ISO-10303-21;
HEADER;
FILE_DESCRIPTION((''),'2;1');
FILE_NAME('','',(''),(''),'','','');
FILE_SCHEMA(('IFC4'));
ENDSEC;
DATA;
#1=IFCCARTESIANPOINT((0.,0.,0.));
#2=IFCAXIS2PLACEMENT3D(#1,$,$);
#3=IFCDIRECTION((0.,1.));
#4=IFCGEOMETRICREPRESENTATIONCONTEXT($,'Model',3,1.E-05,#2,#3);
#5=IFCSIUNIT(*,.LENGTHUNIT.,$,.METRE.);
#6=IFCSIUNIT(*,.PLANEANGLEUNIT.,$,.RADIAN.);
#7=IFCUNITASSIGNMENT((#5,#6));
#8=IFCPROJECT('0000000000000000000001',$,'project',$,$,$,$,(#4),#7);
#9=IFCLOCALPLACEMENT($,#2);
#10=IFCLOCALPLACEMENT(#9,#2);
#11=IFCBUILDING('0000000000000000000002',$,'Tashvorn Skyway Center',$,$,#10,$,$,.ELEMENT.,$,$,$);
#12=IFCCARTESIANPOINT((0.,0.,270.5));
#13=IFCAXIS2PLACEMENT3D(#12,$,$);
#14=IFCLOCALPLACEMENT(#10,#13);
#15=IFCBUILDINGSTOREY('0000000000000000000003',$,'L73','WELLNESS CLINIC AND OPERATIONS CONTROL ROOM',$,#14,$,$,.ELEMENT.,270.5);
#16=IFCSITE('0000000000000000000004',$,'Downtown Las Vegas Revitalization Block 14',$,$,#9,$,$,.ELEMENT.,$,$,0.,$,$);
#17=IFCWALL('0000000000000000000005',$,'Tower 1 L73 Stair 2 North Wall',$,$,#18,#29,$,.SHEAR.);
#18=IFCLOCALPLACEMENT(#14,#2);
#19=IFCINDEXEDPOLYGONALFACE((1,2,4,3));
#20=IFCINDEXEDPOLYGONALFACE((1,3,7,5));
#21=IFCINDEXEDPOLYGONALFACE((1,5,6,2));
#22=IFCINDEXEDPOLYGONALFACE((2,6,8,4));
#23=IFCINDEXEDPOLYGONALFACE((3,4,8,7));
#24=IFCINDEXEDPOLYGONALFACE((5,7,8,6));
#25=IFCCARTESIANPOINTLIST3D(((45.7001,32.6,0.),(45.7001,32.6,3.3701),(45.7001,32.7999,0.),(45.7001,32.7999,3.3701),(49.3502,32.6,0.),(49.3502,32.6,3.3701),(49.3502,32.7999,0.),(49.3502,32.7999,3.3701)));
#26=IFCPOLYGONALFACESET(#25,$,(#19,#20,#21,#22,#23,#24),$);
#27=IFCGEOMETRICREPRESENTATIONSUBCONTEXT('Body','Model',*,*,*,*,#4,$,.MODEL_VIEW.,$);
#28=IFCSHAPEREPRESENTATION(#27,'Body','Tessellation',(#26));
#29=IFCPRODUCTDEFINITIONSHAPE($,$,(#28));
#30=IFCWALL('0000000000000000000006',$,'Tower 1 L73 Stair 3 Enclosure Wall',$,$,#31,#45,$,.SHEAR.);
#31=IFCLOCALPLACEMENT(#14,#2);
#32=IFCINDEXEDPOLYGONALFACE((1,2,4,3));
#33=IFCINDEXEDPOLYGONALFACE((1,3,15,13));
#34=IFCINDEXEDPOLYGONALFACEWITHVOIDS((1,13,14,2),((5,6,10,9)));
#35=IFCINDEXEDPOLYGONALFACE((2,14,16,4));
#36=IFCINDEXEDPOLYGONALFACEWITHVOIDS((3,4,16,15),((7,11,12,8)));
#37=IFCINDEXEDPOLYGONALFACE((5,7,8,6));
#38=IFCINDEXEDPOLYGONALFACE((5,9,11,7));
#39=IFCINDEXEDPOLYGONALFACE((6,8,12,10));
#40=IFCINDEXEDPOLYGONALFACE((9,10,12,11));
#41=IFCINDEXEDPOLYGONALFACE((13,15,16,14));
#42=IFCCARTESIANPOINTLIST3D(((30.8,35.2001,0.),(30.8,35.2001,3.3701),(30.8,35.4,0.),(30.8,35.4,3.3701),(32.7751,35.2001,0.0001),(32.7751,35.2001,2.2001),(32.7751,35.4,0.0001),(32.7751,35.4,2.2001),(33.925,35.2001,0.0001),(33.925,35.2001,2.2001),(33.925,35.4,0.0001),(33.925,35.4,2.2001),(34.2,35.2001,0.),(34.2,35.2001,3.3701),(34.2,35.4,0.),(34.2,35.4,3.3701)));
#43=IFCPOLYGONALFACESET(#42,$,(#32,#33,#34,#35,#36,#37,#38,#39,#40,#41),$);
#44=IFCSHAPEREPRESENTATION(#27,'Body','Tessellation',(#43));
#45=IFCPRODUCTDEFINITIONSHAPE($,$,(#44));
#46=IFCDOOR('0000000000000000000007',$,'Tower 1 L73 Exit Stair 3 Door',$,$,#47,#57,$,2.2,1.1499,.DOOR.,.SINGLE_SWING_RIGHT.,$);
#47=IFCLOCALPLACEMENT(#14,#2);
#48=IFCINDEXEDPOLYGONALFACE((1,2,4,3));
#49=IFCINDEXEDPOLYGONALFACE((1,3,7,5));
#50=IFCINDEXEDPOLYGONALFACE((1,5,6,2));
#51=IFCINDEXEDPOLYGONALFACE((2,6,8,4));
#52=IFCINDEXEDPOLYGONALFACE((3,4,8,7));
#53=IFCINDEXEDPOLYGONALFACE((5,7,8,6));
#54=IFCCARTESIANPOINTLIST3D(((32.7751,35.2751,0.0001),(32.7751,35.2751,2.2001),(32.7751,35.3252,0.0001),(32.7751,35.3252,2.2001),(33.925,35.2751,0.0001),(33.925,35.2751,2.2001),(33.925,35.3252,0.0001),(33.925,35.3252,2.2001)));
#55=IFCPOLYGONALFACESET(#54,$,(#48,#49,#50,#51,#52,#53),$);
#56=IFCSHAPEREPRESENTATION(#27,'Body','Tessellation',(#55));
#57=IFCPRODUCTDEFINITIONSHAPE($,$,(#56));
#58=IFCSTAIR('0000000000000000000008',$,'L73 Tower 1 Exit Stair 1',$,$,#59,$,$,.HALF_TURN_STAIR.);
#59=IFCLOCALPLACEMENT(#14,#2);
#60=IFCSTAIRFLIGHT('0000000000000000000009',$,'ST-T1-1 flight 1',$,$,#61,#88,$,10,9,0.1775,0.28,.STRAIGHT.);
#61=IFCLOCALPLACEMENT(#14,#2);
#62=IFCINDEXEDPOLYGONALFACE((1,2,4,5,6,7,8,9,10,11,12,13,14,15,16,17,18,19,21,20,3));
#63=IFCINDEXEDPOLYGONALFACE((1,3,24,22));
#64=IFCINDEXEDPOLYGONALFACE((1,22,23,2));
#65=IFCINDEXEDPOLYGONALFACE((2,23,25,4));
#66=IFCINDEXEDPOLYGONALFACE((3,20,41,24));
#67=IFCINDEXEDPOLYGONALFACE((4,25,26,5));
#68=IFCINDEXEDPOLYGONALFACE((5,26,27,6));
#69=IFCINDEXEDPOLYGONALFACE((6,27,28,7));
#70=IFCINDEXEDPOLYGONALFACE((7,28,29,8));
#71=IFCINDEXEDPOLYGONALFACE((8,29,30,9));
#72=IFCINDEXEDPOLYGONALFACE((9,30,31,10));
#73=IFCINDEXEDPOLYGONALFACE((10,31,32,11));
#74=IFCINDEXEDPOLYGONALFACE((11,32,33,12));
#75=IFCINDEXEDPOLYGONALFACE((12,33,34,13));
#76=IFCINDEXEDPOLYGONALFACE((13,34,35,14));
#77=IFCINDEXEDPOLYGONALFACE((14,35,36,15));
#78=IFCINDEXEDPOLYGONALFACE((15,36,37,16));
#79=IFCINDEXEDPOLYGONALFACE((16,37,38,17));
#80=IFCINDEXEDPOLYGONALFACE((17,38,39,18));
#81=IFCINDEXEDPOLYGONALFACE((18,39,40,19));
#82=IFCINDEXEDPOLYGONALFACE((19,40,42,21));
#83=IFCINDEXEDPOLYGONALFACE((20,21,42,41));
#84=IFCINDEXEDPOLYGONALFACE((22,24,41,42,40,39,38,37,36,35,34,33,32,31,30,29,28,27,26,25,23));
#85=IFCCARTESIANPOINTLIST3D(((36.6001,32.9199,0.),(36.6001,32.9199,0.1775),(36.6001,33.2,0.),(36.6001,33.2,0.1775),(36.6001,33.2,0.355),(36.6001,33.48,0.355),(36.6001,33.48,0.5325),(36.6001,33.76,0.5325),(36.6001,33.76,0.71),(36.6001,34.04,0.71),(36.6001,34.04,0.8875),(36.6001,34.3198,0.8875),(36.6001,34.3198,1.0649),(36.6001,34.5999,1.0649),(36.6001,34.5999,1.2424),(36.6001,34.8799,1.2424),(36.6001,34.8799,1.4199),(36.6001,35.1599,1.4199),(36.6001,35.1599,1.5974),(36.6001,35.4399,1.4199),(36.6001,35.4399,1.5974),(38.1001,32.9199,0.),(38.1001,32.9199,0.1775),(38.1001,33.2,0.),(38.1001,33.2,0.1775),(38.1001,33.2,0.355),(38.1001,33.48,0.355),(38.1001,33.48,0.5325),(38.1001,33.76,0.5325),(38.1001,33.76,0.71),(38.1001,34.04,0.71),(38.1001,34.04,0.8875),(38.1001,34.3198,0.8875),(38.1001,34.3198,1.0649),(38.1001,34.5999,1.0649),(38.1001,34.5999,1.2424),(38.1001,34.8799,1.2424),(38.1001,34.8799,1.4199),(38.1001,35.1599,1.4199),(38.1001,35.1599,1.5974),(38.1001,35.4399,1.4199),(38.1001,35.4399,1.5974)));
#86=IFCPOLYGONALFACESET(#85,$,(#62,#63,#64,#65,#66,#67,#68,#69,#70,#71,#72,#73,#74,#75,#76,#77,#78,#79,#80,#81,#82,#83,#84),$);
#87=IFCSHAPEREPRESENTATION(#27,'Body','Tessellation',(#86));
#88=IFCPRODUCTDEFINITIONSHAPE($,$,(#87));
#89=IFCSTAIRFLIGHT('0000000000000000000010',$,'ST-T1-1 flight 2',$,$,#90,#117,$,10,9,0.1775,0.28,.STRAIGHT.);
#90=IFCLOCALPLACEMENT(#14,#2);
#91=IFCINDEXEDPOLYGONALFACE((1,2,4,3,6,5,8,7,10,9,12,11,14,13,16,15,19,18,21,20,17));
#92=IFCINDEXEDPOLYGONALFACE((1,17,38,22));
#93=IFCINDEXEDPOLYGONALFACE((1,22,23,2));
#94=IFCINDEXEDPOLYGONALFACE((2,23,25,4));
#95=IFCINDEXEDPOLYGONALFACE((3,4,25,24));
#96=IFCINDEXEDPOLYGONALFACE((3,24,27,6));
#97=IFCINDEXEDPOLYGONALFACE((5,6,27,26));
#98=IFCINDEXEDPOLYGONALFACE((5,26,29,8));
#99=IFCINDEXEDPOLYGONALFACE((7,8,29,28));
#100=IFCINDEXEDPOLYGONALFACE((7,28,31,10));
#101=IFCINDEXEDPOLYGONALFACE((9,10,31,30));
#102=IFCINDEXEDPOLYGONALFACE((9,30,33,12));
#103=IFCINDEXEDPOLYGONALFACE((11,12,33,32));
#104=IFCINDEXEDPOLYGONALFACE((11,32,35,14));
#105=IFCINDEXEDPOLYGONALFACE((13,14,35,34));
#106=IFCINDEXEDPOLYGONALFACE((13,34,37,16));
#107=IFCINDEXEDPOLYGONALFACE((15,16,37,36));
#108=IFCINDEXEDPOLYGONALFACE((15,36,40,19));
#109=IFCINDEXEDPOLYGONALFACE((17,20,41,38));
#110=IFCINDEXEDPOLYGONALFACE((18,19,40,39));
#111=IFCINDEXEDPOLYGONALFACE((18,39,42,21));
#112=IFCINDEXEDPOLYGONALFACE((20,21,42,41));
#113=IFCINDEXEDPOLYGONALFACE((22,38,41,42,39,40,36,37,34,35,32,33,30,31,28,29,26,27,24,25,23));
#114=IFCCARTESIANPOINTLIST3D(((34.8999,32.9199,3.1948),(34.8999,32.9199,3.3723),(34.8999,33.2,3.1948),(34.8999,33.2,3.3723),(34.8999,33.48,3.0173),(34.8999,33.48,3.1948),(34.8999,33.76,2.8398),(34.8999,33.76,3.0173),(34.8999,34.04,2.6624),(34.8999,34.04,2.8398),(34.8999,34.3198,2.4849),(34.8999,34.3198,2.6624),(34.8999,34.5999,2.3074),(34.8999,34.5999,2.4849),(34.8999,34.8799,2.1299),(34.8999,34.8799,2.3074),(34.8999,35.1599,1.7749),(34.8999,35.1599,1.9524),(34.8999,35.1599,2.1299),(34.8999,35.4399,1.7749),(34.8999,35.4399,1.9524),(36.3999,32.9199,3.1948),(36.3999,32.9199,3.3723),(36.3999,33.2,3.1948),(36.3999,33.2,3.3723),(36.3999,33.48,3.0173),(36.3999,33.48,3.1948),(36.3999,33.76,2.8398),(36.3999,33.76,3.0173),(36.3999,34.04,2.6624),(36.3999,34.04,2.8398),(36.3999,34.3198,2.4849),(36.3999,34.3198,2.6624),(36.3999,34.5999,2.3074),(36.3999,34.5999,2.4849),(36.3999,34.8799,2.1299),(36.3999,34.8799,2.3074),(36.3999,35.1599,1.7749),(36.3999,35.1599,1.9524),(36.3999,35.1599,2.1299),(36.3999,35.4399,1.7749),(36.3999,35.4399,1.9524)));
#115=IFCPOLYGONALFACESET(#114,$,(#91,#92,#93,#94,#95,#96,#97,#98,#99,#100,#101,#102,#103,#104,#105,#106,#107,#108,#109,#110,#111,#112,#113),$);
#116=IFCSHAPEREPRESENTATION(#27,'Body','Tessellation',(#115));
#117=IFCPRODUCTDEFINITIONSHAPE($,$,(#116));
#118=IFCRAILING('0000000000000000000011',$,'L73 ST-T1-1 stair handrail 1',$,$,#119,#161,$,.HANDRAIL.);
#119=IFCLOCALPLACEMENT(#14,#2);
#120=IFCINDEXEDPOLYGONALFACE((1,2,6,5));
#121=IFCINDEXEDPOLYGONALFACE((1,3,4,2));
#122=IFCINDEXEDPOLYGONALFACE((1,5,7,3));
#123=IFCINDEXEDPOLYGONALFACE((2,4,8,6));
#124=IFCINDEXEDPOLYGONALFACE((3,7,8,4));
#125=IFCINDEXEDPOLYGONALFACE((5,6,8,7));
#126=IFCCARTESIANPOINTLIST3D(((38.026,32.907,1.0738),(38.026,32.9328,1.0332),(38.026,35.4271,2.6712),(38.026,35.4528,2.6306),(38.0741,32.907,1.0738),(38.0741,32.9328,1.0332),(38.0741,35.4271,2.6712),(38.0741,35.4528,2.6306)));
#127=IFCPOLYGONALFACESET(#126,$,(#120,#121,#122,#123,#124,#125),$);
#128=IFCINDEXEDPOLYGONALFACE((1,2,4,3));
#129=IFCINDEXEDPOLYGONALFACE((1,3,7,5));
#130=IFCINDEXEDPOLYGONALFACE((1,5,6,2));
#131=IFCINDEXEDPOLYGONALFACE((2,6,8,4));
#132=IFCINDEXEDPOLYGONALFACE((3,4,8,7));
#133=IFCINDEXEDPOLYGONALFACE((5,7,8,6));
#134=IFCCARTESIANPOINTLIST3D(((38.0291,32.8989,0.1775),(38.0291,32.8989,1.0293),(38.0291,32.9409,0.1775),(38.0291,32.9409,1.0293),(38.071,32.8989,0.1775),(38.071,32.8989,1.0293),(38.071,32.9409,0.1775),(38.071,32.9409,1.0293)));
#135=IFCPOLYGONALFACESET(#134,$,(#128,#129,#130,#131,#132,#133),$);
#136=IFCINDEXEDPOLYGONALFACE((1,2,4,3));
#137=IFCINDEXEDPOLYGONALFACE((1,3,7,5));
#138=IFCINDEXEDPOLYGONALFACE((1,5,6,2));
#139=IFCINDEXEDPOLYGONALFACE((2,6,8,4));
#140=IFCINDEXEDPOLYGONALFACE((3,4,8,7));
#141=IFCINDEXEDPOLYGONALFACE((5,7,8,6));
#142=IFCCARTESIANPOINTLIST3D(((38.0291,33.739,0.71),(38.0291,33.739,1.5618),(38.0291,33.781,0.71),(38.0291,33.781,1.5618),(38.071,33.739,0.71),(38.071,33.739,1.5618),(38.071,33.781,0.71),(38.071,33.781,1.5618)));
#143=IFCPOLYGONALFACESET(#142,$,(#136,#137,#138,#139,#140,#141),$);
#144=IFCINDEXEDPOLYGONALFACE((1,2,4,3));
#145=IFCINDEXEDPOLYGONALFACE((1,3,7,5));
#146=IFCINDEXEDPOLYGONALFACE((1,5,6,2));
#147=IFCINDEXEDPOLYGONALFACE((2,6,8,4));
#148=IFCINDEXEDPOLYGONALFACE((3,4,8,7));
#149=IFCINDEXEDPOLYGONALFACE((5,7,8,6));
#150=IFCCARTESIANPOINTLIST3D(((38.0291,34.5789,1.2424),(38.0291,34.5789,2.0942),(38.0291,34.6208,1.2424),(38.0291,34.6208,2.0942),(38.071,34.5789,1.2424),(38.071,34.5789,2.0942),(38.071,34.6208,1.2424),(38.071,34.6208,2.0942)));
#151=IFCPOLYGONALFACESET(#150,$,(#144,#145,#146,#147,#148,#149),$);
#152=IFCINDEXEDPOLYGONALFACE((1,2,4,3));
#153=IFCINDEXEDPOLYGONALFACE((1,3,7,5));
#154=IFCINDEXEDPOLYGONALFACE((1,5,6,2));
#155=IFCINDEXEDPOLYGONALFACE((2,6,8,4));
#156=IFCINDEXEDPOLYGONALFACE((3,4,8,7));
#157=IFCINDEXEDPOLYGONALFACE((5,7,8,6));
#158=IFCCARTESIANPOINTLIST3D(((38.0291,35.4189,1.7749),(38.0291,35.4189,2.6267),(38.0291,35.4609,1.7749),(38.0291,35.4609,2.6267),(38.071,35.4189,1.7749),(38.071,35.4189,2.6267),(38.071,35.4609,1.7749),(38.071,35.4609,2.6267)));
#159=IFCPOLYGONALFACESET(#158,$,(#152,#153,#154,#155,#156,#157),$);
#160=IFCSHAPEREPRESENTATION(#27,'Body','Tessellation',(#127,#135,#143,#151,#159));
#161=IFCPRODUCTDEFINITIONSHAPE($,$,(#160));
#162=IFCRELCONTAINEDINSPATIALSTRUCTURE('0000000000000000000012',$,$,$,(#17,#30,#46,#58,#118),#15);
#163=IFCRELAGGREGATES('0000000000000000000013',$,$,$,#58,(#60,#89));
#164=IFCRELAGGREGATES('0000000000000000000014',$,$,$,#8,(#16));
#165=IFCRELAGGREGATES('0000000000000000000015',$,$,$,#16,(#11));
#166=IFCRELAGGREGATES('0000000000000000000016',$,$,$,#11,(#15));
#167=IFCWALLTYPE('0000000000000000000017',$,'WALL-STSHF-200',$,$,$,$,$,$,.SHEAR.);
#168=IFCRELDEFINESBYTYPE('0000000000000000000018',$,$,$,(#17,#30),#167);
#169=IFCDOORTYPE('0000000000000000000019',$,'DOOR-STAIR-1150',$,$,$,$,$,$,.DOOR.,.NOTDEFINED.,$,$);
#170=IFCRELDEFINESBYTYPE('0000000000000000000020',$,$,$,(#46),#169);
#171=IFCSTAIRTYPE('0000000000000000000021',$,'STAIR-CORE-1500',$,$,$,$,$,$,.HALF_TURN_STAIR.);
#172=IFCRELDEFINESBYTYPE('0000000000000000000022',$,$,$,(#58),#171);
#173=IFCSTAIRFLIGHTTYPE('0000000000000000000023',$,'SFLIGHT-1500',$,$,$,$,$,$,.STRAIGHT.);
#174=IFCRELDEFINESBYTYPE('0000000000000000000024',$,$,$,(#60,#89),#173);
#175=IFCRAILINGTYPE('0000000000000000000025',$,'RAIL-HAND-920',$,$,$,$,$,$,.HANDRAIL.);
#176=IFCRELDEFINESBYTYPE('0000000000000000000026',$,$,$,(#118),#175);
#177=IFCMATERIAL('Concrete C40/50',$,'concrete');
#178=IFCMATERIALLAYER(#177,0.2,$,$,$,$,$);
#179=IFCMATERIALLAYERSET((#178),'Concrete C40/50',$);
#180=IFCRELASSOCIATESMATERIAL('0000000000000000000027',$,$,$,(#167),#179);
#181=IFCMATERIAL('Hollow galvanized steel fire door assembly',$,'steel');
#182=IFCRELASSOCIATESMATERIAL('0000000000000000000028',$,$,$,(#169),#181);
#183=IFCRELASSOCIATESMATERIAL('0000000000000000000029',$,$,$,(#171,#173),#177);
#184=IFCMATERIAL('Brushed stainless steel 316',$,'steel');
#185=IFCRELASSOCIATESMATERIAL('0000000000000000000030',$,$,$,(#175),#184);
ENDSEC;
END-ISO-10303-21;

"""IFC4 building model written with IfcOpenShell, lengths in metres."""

from ifc_helpers import new_model, si_unit, direction, frame, frame_2d, origin, origin_2d, place, context, subcontext, project, spatial, polyline, rectangle, outline, extrude, material, layer, layer_set, type_object, element, fill, aggregate, save


model = new_model("IFC4")

# Units and contexts
model_context = context("Model", 3, precision=1e-05, world=origin(), true_north=direction((0.0, 1.0)))
body_context = subcontext(model_context, "Body", "Model", "MODEL_VIEW")
ifc_project = project(units=[si_unit("LENGTHUNIT", "METRE"), si_unit("PLANEANGLEUNIT", "RADIAN")], contexts=[model_context])

# Site, building, storey
site_placement = place(None, origin())
site = spatial("IfcSite", under=ifc_project, at=site_placement, Name="Downtown Las Vegas Revitalization Block 14", CompositionType="ELEMENT", RefElevation=0.0)
building_placement = place(site_placement, origin())
building = spatial("IfcBuilding", under=site, at=building_placement, Name="Tashvorn Skyway Center", CompositionType="ELEMENT")
storey_placement = place(building_placement, frame((0.0, 0.0, 270.5)))
storey = spatial("IfcBuildingStorey", under=building, at=storey_placement, Name="L73", Description="WELLNESS CLINIC AND OPERATIONS CONTROL ROOM", CompositionType="ELEMENT", Elevation=270.5)

# Shared definitions
ifc_material_1 = material(Name="Concrete C40/50", Category="concrete")

# Shared definitions
ifc_material_2 = material(Name="Hollow galvanized steel fire door assembly", Category="steel")

# Shared definitions
ifc_layer_1 = layer(ifc_material_1, 0.2)
ifc_layer_set_1 = layer_set([ifc_layer_1], Name="Concrete C40/50")
wall_type_1 = type_object("IfcWallType", Name="WALL-STSHF-200", PredefinedType="SHEAR", material=ifc_layer_set_1)
door_type_1 = type_object("IfcDoorType", Name="DOOR-STAIR-1150", OperationType="NOTDEFINED", PredefinedType="DOOR", material=ifc_material_2)

# Wall
wall_1_placement = place(storey_placement, frame((45.7, 32.7, 0.0), z_axis=(0.0, 0.0, 1.0), x_axis=(1.0, 0.0, 0.0)))
element("IfcWall", 1, at=wall_1_placement, inside=storey, type_object=wall_type_1, Name="Tower 1 L73 Stair 2 North Wall", PredefinedType="SHEAR", context=body_context, shape_type="SweptSolid", body=[
    extrude(rectangle(XDim=3.6501, YDim=0.2, at=frame_2d((1.8252, 0.0))), origin(), (0.0, 0.0, 1.0), 3.3701),
])

# Wall, opening, door
wall_2_placement = place(storey_placement, frame((34.2, 35.3, 0.0), z_axis=(0.0, 0.0, 1.0), x_axis=(-1.0, 0.0, 0.0)))
wall_2 = element("IfcWall", 2, at=wall_2_placement, inside=storey, type_object=wall_type_1, Name="Tower 1 L73 Stair 3 Enclosure Wall", PredefinedType="SHEAR", context=body_context, shape_type="SweptSolid", body=[
    extrude(rectangle(XDim=3.3999, YDim=0.2, at=frame_2d((1.7, 0.0))), origin(), (0.0, 0.0, 1.0), 3.3701),
])
opening_1_placement = place(wall_2_placement, frame((0.2749, 0.0, 0.0)))
opening_1 = element("IfcOpeningElement", 3, at=opening_1_placement, cuts=wall_2, PredefinedType="OPENING", context=body_context, shape_type="SweptSolid", body=[
    extrude(rectangle(XDim=1.1499, YDim=2.2, at=frame_2d((0.575, 1.1001))), frame((0.0, 0.1099, 0.0), z_axis=(0.0, -1.0, 0.0), x_axis=(1.0, 0.0, 0.0)), (0.0, 0.0, 1.0), 0.22),
])
door_1_placement = place(opening_1_placement, origin())
door_1 = element("IfcDoor", 4, at=door_1_placement, inside=storey, type_object=door_type_1, Name="Tower 1 L73 Exit Stair 3 Door", OperationType="SINGLE_SWING_RIGHT", OverallHeight=2.2, OverallWidth=1.1499, PredefinedType="DOOR", context=body_context, shape_type="SweptSolid", body=[
    extrude(rectangle(XDim=1.1499, YDim=2.2, at=frame_2d((0.575, 1.1001))), frame((0.0, 0.0249, 0.0), z_axis=(0.0, -1.0, 0.0), x_axis=(1.0, 0.0, 0.0)), (0.0, 0.0, 1.0), 0.05),
])
fill(opening_1, door_1)

# Stair, stair flights
stair_type = type_object("IfcStairType", Name="STAIR-CORE-1500", PredefinedType="HALF_TURN_STAIR", material=ifc_material_1)
stair_placement = place(storey_placement, origin())
stair = element("IfcStair", 5, at=stair_placement, inside=storey, type_object=stair_type, Name="L73 Tower 1 Exit Stair 1", PredefinedType="HALF_TURN_STAIR")
stair_flight_type = type_object("IfcStairFlightType", Name="SFLIGHT-1500", PredefinedType="STRAIGHT", material=ifc_material_1)
stair_flight_1_placement = place(storey_placement, frame((37.3501, 32.9199, 0.0), z_axis=(0.0, 0.0, 1.0), x_axis=(0.0, 1.0, 0.0)))
stair_flight_1 = element("IfcStairFlight", 6, at=stair_flight_1_placement, type_object=stair_flight_type, Name="ST-T1-1 flight 1", NumberOfRisers=10, NumberOfTreads=9, PredefinedType="STRAIGHT", RiserHeight=0.1775, TreadLength=0.28, context=body_context, shape_type="SweptSolid", body=[
    extrude(outline(polyline([(0.0, 0.0), (0.0, 0.1775), (0.28, 0.1775), (0.28, 0.355), (0.5601, 0.355), (0.5601, 0.5325), (0.8401, 0.5325), (0.8401, 0.71), (1.1201, 0.71), (1.1201, 0.8875), (1.3999, 0.8875), (1.3999, 1.0649), (1.6799, 1.0649), (1.6799, 1.2424), (1.96, 1.2424), (1.96, 1.4199), (2.24, 1.4199), (2.24, 1.5974), (2.52, 1.5974), (2.52, 1.7749), (2.52, 1.4199), (0.28, 0.0), (0.0, 0.0)])), frame((0.0, 0.75, 0.0), z_axis=(0.0, -1.0, 0.0), x_axis=(1.0, 0.0, 0.0)), (0.0, 0.0, 1.0), 1.5),
])
stair_flight_2_placement = place(storey_placement, frame((35.6499, 35.4399, 1.7749), z_axis=(0.0, 0.0, 1.0), x_axis=(0.0, -1.0, 0.0)))
stair_flight_2 = element("IfcStairFlight", 7, at=stair_flight_2_placement, type_object=stair_flight_type, Name="ST-T1-1 flight 2", NumberOfRisers=10, NumberOfTreads=9, PredefinedType="STRAIGHT", RiserHeight=0.1775, TreadLength=0.28, context=body_context, shape_type="SweptSolid", body=[
    extrude(outline(polyline([(0.0, 0.0), (0.0, 0.1775), (0.28, 0.1775), (0.28, 0.355), (0.5601, 0.355), (0.5601, 0.5325), (0.8401, 0.5325), (0.8401, 0.71), (1.1201, 0.71), (1.1201, 0.8875), (1.3999, 0.8875), (1.3999, 1.0649), (1.6799, 1.0649), (1.6799, 1.2424), (1.96, 1.2424), (1.96, 1.4199), (2.24, 1.4199), (2.24, 1.5974), (2.52, 1.5974), (2.52, 1.7749), (2.52, 1.4199), (0.28, 0.0), (0.0, 0.0)])), frame((0.0, 0.75, 0.0), z_axis=(0.0, -1.0, 0.0), x_axis=(1.0, 0.0, 0.0)), (0.0, 0.0, 1.0), 1.5),
])
aggregate(stair, [stair_flight_1, stair_flight_2])

# Railing
ifc_material_3 = material(Name="Brushed stainless steel 316", Category="steel")
railing_type_1 = type_object("IfcRailingType", Name="RAIL-HAND-920", PredefinedType="HANDRAIL", material=ifc_material_3)
railing_1_placement = place(storey_placement, frame((38.05, 32.9199, 0.1775)))
element("IfcRailing", 8, at=railing_1_placement, inside=storey, type_object=railing_type_1, Name="L73 ST-T1-1 stair handrail 1", PredefinedType="HANDRAIL", context=body_context, shape_type="SweptSolid", body=[
    extrude(rectangle(XDim=0.0481, YDim=0.0481, at=origin_2d()), frame((0.0, 0.0, 0.876), z_axis=(0.0, 0.844607, 0.535387), x_axis=(-1.0, 0.0, 0.0)), (0.0, 0.0, 1.0), 2.9836),
    extrude(rectangle(XDim=0.042, YDim=0.042, at=origin_2d()), origin(), (0.0, 0.0, 1.0), 0.8518),
    extrude(rectangle(XDim=0.042, YDim=0.042, at=origin_2d()), frame((0.0, 0.8401, 0.5325)), (0.0, 0.0, 1.0), 0.8518),
    extrude(rectangle(XDim=0.042, YDim=0.042, at=origin_2d()), frame((0.0, 1.6799, 1.0649)), (0.0, 0.0, 1.0), 0.8518),
    extrude(rectangle(XDim=0.042, YDim=0.042, at=origin_2d()), frame((0.0, 2.52, 1.5974)), (0.0, 0.0, 1.0), 0.8518),
])

save(model, "model.ifc")
